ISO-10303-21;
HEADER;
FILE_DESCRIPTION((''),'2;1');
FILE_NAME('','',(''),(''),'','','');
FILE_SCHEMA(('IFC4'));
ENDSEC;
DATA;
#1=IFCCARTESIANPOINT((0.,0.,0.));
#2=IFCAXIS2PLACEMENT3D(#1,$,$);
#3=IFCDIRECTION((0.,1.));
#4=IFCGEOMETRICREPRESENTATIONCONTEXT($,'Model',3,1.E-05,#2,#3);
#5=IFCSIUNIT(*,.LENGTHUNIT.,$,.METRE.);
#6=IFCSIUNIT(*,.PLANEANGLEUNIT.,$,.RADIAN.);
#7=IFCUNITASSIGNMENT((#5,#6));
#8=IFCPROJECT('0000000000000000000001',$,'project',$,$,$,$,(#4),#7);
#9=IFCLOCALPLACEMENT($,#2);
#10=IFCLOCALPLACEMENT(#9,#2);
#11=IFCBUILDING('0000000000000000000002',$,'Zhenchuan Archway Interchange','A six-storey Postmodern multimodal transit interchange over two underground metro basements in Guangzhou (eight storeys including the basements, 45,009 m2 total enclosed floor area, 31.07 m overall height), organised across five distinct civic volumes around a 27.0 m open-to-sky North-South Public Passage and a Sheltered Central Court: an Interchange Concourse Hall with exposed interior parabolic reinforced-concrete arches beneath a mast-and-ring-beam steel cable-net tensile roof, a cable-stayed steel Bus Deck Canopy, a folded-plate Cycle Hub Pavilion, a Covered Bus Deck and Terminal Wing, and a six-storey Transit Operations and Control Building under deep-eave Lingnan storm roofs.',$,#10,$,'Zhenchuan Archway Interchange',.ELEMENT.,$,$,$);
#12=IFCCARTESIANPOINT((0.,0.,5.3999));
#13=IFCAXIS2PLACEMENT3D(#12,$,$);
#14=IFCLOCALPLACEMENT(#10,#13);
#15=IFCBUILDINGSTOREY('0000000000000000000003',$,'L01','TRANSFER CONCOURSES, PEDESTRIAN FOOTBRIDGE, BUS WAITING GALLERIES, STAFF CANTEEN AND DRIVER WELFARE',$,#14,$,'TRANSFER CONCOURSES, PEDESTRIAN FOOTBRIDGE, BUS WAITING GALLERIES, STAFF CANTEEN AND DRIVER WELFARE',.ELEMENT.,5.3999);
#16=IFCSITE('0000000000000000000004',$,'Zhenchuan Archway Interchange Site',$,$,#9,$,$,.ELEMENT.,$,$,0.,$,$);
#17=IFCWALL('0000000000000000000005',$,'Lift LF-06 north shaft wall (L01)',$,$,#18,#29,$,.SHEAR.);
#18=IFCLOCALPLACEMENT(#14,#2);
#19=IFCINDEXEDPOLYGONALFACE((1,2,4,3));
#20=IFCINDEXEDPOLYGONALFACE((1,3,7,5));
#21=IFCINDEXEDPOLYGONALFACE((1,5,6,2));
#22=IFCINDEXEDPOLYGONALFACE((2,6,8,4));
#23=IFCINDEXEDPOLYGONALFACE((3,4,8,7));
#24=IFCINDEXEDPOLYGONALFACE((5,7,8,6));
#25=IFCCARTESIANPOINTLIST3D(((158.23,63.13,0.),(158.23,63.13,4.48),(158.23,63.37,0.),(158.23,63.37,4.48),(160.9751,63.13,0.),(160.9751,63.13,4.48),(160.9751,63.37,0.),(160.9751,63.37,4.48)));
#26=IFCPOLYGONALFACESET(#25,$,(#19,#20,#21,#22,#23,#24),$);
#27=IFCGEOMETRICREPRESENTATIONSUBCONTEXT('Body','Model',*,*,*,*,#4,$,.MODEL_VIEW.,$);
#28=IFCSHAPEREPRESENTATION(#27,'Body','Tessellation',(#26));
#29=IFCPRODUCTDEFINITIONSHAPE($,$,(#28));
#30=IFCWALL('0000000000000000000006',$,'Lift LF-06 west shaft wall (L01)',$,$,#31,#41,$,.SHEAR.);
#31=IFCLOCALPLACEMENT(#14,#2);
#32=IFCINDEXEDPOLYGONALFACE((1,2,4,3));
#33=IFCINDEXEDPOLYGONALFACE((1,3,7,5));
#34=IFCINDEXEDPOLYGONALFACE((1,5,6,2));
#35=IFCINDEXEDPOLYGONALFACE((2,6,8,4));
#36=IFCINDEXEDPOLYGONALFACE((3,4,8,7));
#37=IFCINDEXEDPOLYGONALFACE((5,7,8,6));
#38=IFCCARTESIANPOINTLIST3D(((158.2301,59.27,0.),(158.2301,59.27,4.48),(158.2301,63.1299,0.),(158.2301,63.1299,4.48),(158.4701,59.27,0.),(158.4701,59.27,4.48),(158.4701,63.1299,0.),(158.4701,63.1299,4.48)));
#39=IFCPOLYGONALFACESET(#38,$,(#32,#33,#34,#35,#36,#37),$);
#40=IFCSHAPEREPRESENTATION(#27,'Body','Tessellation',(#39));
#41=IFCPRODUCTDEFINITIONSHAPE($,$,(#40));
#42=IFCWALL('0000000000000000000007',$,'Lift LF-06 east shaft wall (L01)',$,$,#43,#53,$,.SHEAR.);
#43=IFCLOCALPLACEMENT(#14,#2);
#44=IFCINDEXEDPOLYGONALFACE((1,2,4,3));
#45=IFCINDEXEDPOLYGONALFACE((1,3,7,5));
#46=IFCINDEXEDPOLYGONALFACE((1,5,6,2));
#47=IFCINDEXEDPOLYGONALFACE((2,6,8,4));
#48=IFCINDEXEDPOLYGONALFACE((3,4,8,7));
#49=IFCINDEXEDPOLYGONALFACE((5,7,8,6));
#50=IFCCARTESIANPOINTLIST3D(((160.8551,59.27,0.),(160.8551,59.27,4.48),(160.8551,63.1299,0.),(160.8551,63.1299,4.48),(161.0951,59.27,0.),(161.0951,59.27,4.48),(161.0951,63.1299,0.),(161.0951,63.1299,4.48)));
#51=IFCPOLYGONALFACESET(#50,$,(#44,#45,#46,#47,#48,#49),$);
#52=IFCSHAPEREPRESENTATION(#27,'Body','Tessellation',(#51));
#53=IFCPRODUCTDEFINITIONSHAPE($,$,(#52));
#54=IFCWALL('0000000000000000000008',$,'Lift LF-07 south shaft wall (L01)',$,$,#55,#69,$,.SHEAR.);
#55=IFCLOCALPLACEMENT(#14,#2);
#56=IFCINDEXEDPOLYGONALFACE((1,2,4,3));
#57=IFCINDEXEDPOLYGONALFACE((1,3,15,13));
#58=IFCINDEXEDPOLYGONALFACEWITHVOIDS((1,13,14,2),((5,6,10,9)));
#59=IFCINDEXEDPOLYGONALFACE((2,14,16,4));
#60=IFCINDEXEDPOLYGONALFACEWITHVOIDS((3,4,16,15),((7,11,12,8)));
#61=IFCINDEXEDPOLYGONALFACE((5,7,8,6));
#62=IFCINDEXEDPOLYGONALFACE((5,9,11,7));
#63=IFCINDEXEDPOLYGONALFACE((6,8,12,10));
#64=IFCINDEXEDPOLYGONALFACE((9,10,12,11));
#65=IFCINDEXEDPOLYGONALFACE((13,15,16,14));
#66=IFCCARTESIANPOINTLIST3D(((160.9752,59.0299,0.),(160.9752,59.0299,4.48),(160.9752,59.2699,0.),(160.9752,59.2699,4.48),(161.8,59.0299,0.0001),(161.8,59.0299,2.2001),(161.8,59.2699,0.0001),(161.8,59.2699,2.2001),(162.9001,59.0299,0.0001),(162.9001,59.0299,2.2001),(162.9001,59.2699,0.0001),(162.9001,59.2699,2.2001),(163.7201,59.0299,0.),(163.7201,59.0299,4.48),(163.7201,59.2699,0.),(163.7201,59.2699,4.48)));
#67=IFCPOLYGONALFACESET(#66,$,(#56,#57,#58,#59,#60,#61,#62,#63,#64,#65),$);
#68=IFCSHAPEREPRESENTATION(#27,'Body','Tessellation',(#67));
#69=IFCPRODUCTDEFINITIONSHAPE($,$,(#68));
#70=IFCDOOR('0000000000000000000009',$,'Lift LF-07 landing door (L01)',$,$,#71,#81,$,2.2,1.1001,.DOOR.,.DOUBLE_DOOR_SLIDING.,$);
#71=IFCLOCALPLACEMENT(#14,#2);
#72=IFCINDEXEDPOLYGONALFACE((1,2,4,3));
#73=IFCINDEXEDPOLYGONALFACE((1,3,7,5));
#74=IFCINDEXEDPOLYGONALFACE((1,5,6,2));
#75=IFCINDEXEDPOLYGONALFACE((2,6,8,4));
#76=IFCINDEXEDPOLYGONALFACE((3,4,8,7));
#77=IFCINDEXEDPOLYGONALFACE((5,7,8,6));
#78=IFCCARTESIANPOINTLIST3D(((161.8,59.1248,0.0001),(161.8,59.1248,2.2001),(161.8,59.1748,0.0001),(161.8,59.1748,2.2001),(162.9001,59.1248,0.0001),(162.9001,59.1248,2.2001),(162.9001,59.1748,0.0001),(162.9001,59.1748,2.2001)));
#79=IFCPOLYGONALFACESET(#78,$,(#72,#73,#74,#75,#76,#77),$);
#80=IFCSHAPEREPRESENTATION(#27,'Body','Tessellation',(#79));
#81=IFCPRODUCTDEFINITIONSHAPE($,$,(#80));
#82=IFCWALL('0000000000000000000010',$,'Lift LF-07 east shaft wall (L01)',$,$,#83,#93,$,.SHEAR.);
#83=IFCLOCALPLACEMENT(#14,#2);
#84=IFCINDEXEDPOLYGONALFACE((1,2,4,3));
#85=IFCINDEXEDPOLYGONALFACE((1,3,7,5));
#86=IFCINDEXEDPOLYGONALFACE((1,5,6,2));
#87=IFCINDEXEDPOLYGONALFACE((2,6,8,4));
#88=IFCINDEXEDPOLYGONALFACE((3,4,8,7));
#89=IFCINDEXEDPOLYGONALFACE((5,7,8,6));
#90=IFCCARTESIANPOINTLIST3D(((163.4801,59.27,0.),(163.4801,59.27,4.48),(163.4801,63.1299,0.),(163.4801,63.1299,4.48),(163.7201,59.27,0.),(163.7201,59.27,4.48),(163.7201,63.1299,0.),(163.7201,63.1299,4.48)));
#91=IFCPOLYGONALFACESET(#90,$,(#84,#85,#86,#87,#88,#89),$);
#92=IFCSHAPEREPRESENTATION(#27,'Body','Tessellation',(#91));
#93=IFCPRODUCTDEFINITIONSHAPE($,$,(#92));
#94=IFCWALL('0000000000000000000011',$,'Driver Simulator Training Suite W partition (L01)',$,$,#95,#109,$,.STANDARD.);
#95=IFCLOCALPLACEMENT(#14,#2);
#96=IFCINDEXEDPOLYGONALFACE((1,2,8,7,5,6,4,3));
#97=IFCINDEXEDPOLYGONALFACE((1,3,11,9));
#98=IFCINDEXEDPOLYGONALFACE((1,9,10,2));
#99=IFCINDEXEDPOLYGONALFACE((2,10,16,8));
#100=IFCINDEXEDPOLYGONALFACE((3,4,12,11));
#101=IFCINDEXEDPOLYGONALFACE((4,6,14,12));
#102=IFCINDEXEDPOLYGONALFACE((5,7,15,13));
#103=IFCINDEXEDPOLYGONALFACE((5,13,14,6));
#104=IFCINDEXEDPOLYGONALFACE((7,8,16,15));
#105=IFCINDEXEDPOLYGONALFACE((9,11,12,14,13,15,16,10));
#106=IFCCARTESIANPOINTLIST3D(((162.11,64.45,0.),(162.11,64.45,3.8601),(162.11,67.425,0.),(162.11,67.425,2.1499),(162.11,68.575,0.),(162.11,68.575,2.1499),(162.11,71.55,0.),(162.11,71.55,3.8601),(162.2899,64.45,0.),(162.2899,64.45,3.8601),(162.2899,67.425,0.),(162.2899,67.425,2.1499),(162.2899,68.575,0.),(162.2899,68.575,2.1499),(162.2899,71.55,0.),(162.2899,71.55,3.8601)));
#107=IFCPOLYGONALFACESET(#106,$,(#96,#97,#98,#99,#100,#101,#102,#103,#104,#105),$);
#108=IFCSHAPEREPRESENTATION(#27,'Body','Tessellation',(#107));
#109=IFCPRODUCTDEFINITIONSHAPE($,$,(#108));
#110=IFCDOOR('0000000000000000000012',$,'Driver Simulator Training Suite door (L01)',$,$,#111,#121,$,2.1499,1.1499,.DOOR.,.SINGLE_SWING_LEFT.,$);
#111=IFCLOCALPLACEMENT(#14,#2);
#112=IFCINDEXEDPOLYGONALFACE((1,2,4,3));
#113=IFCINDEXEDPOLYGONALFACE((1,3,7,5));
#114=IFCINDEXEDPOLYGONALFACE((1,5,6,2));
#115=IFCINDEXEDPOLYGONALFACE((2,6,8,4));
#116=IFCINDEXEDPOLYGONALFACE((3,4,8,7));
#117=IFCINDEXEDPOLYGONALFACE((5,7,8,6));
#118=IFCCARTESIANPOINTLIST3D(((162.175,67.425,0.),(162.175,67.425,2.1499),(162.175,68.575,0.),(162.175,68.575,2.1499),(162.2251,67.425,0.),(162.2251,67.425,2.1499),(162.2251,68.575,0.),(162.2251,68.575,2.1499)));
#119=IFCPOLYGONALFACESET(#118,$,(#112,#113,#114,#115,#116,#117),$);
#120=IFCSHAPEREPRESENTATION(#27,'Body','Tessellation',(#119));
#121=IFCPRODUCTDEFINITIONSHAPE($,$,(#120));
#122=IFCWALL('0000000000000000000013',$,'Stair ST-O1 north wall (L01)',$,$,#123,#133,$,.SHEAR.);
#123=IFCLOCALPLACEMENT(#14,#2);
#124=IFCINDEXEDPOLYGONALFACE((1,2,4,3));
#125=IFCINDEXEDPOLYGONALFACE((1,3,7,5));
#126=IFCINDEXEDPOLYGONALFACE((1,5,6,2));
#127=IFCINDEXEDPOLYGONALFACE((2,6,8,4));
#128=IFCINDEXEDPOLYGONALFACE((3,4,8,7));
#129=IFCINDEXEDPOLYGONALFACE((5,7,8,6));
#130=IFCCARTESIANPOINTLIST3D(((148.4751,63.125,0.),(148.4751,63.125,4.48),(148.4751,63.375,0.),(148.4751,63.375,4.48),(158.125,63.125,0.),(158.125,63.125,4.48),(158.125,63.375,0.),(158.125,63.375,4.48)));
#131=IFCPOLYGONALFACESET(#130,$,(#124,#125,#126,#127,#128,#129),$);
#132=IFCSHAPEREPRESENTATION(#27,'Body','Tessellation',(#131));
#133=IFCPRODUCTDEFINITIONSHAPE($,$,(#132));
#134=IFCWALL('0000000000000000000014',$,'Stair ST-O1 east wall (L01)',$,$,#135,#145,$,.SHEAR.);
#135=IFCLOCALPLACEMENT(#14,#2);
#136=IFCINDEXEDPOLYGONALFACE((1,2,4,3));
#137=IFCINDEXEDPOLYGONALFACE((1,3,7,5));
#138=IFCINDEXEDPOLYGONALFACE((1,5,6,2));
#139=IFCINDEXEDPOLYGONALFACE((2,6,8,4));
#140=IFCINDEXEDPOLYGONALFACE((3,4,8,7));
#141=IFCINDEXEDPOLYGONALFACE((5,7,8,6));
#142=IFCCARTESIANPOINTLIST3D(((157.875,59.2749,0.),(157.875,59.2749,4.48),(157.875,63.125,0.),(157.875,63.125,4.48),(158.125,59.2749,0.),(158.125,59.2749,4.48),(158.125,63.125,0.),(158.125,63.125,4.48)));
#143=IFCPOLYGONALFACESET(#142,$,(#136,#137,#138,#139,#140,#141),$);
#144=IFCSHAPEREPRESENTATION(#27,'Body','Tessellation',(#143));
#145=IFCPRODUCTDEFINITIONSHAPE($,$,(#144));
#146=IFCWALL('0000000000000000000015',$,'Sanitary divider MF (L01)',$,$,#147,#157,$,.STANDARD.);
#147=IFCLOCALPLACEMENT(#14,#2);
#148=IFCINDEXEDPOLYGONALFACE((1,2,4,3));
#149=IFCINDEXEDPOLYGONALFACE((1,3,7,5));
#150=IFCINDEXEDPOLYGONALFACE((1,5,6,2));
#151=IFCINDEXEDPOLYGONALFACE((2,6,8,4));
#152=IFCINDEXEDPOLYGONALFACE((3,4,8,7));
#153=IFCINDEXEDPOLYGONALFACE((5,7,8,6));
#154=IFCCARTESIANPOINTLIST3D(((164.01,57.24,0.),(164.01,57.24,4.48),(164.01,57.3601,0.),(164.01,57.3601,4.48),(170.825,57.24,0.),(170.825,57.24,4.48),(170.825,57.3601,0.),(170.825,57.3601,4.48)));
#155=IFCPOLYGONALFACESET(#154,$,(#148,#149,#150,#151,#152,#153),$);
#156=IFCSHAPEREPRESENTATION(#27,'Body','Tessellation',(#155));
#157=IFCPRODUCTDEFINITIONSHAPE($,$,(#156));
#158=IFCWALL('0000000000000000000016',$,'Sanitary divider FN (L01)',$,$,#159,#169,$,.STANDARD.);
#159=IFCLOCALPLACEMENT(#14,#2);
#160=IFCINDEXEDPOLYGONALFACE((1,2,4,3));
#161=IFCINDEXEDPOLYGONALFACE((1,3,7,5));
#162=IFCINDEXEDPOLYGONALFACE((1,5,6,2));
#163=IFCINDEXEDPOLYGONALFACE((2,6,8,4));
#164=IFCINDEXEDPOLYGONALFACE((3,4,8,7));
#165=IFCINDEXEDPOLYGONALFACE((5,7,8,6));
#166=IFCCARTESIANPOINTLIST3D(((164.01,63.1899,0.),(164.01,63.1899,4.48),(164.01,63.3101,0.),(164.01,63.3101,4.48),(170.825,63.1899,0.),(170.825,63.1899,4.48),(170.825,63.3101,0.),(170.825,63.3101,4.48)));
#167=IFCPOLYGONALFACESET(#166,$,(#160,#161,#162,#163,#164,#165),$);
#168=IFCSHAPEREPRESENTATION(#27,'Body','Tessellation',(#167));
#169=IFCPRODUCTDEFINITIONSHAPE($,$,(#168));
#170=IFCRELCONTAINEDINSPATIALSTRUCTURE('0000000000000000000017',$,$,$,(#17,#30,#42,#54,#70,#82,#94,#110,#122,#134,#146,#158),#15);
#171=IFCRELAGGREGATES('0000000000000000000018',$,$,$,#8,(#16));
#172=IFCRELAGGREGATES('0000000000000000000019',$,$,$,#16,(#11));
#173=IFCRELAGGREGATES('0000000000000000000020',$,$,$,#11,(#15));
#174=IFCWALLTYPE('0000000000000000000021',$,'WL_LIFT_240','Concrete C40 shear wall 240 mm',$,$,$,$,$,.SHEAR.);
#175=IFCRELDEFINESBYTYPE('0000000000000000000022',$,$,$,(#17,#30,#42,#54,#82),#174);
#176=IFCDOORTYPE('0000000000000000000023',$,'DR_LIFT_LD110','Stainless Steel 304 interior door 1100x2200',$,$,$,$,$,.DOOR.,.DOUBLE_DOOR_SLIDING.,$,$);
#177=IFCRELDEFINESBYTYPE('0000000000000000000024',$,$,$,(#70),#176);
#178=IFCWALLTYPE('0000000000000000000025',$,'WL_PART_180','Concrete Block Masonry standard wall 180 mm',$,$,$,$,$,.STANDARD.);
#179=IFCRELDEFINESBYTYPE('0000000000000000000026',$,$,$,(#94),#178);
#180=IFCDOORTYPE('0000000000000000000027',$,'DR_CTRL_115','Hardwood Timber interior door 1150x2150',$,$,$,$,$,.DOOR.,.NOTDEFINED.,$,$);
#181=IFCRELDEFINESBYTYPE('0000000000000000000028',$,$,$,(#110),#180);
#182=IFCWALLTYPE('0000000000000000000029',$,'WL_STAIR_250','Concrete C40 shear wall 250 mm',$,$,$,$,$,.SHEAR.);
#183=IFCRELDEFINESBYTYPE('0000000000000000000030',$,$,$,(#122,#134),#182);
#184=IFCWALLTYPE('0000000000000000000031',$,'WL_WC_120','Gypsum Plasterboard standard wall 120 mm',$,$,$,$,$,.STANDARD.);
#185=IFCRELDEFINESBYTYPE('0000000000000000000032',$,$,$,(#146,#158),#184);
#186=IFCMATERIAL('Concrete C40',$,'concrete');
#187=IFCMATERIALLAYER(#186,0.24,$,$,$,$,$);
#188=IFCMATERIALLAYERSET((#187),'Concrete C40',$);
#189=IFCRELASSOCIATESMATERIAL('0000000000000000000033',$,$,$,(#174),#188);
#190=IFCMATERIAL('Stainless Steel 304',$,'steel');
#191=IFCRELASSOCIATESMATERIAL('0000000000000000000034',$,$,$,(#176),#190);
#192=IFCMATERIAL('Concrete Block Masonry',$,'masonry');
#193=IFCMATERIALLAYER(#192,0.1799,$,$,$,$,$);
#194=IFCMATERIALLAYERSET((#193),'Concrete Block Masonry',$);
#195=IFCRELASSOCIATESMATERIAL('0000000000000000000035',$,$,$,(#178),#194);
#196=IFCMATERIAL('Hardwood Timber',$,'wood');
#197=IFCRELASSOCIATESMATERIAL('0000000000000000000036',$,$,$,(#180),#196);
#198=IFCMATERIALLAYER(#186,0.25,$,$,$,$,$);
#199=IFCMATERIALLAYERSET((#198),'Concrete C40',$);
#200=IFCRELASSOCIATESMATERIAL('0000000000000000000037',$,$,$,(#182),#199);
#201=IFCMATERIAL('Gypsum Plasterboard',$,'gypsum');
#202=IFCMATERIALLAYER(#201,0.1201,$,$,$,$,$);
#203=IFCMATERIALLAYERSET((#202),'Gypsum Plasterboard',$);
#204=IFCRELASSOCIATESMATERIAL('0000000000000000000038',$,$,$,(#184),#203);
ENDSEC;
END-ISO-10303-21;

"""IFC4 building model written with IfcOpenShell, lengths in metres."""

from ifc_helpers import new_model, si_unit, direction, frame, frame_2d, origin, place, context, subcontext, project, spatial, rectangle, extrude, material, layer, layer_set, type_object, element, fill, save


model = new_model("IFC4")

# Units and contexts
model_context = context("Model", 3, precision=1e-05, world=origin(), true_north=direction((0.0, 1.0)))
body_context = subcontext(model_context, "Body", "Model", "MODEL_VIEW")
ifc_project = project(units=[si_unit("LENGTHUNIT", "METRE"), si_unit("PLANEANGLEUNIT", "RADIAN")], contexts=[model_context])

# Site, building, storey
site_placement = place(None, origin())
site = spatial("IfcSite", under=ifc_project, at=site_placement, Name="Zhenchuan Archway Interchange Site", CompositionType="ELEMENT", RefElevation=0.0)
building_placement = place(site_placement, origin())
building = spatial("IfcBuilding", under=site, at=building_placement, Name="Zhenchuan Archway Interchange", Description="A six-storey Postmodern multimodal transit interchange over two underground metro basements in Guangzhou (eight storeys including the basements, 45,009 m2 total enclosed floor area, 31.07 m overall height), organised across five distinct civic volumes around a 27.0 m open-to-sky North-South Public Passage and a Sheltered Central Court: an Interchange Concourse Hall with exposed interior parabolic reinforced-concrete arches beneath a mast-and-ring-beam steel cable-net tensile roof, a cable-stayed steel Bus Deck Canopy, a folded-plate Cycle Hub Pavilion, a Covered Bus Deck and Terminal Wing, and a six-storey Transit Operations and Control Building under deep-eave Lingnan storm roofs.", LongName="Zhenchuan Archway Interchange", CompositionType="ELEMENT")
storey_placement = place(building_placement, frame((0.0, 0.0, 5.3999)))
storey = spatial("IfcBuildingStorey", under=building, at=storey_placement, Name="L01", Description="TRANSFER CONCOURSES, PEDESTRIAN FOOTBRIDGE, BUS WAITING GALLERIES, STAFF CANTEEN AND DRIVER WELFARE", LongName="TRANSFER CONCOURSES, PEDESTRIAN FOOTBRIDGE, BUS WAITING GALLERIES, STAFF CANTEEN AND DRIVER WELFARE", CompositionType="ELEMENT", Elevation=5.3999)

# Shared definitions
ifc_material_1 = material(Name="Concrete C40", Category="concrete")

# Shared definitions
ifc_layer_1 = layer(ifc_material_1, 0.24)
ifc_layer_set_1 = layer_set([ifc_layer_1], Name="Concrete C40")
wall_type_1 = type_object("IfcWallType", Name="WL_LIFT_240", Description="Concrete C40 shear wall 240 mm", PredefinedType="SHEAR", material=ifc_layer_set_1)
ifc_material_2 = material(Name="Stainless Steel 304", Category="steel")
door_type_1 = type_object("IfcDoorType", Name="DR_LIFT_LD110", Description="Stainless Steel 304 interior door 1100x2200", OperationType="DOUBLE_DOOR_SLIDING", PredefinedType="DOOR", material=ifc_material_2)

# Walls
wall_1_placement = place(storey_placement, frame((160.9751, 63.25, 0.0), z_axis=(0.0, 0.0, 1.0), x_axis=(-1.0, 0.0, 0.0)))
element("IfcWall", 1, at=wall_1_placement, inside=storey, type_object=wall_type_1, Name="Lift LF-06 north shaft wall (L01)", PredefinedType="SHEAR", context=body_context, shape_type="SweptSolid", body=[
    extrude(rectangle(XDim=2.7451, YDim=0.24, at=frame_2d((1.3726, 0.0))), origin(), (0.0, 0.0, 1.0), 4.48),
])
for number, where, z_axis, x_axis, name in (
    (2, (158.3501, 63.1299, 0.0), (0.0, 0.0, 1.0), (0.0, -1.0, 0.0), "Lift LF-06 west shaft wall (L01)"),
    (3, (160.9751, 59.27, 0.0), (0.0, 0.0, 1.0), (0.0, 1.0, 0.0), "Lift LF-06 east shaft wall (L01)"),
):
    element("IfcWall", number, at=place(storey_placement, frame(where, z_axis=z_axis, x_axis=x_axis)), inside=storey, type_object=wall_type_1, Name=name, PredefinedType="SHEAR", context=body_context, shape_type="SweptSolid", body=[
        extrude(rectangle(XDim=3.8599, YDim=0.24, at=frame_2d((1.9299, 0.0))), origin(), (0.0, 0.0, 1.0), 4.48),
    ])

# Wall, opening, door
wall_2_placement = place(storey_placement, frame((160.9751, 59.1499, 0.0), z_axis=(0.0, 0.0, 1.0), x_axis=(1.0, 0.0, 0.0)))
wall_2 = element("IfcWall", 4, at=wall_2_placement, inside=storey, type_object=wall_type_1, Name="Lift LF-07 south shaft wall (L01)", PredefinedType="SHEAR", context=body_context, shape_type="SweptSolid", body=[
    extrude(rectangle(XDim=2.7449, YDim=0.24, at=frame_2d((1.3726, 0.0))), origin(), (0.0, 0.0, 1.0), 4.48),
])
opening_1_placement = place(wall_2_placement, frame((0.825, 0.0, 0.0)))
opening_1 = element("IfcOpeningElement", 5, at=opening_1_placement, cuts=wall_2, PredefinedType="OPENING", context=body_context, shape_type="SweptSolid", body=[
    extrude(rectangle(XDim=1.1001, YDim=2.2, at=frame_2d((0.55, 1.1001))), frame((0.0, 0.1318, 0.0), z_axis=(0.0, -1.0, 0.0), x_axis=(1.0, 0.0, 0.0)), (0.0, 0.0, 1.0), 0.2639),
])
door_1_placement = place(opening_1_placement, origin())
door_1 = element("IfcDoor", 6, at=door_1_placement, inside=storey, type_object=door_type_1, Name="Lift LF-07 landing door (L01)", OperationType="DOUBLE_DOOR_SLIDING", OverallHeight=2.2, OverallWidth=1.1001, PredefinedType="DOOR", context=body_context, shape_type="SweptSolid", body=[
    extrude(rectangle(XDim=1.1001, YDim=2.2, at=frame_2d((0.55, 1.1001))), frame((0.0, 0.0249, 0.0), z_axis=(0.0, -1.0, 0.0), x_axis=(1.0, 0.0, 0.0)), (0.0, 0.0, 1.0), 0.05),
])
fill(opening_1, door_1)

# Wall
wall_3_placement = place(storey_placement, frame((163.6001, 59.27, 0.0), z_axis=(0.0, 0.0, 1.0), x_axis=(0.0, 1.0, 0.0)))
element("IfcWall", 7, at=wall_3_placement, inside=storey, type_object=wall_type_1, Name="Lift LF-07 east shaft wall (L01)", PredefinedType="SHEAR", context=body_context, shape_type="SweptSolid", body=[
    extrude(rectangle(XDim=3.8599, YDim=0.24, at=frame_2d((1.9299, 0.0))), origin(), (0.0, 0.0, 1.0), 4.48),
])

# Wall, opening, door
ifc_material_3 = material(Name="Concrete Block Masonry", Category="masonry")
ifc_layer_2 = layer(ifc_material_3, 0.1799)
ifc_layer_set_2 = layer_set([ifc_layer_2], Name="Concrete Block Masonry")
wall_type_2 = type_object("IfcWallType", Name="WL_PART_180", Description="Concrete Block Masonry standard wall 180 mm", PredefinedType="STANDARD", material=ifc_layer_set_2)
wall_4_placement = place(storey_placement, frame((162.2, 64.45, 0.0), z_axis=(0.0, 0.0, 1.0), x_axis=(0.0, 1.0, 0.0)))
wall_4 = element("IfcWall", 8, at=wall_4_placement, inside=storey, type_object=wall_type_2, Name="Driver Simulator Training Suite W partition (L01)", PredefinedType="STANDARD", context=body_context, shape_type="SweptSolid", body=[
    extrude(rectangle(XDim=7.1001, YDim=0.1799, at=frame_2d((3.55, 0.0))), origin(), (0.0, 0.0, 1.0), 3.8601),
])
opening_2_placement = place(wall_4_placement, frame((2.9751, 0.0, 0.0)))
opening_2 = element("IfcOpeningElement", 9, at=opening_2_placement, cuts=wall_4, PredefinedType="OPENING", context=body_context, shape_type="SweptSolid", body=[
    extrude(rectangle(XDim=1.1499, YDim=2.1499, at=frame_2d((0.575, 1.075))), frame((0.0, 0.1021, 0.0), z_axis=(0.0, -1.0, 0.0), x_axis=(1.0, 0.0, 0.0)), (0.0, 0.0, 1.0), 0.2039),
])
ifc_material_4 = material(Name="Hardwood Timber", Category="wood")
door_type_2 = type_object("IfcDoorType", Name="DR_CTRL_115", Description="Hardwood Timber interior door 1150x2150", OperationType="NOTDEFINED", PredefinedType="DOOR", material=ifc_material_4)
door_2_placement = place(opening_2_placement, origin())
door_2 = element("IfcDoor", 10, at=door_2_placement, inside=storey, type_object=door_type_2, Name="Driver Simulator Training Suite door (L01)", OperationType="SINGLE_SWING_LEFT", OverallHeight=2.1499, OverallWidth=1.1499, PredefinedType="DOOR", context=body_context, shape_type="SweptSolid", body=[
    extrude(rectangle(XDim=1.1499, YDim=2.1499, at=frame_2d((0.575, 1.075))), frame((0.0, 0.0249, 0.0), z_axis=(0.0, -1.0, 0.0), x_axis=(1.0, 0.0, 0.0)), (0.0, 0.0, 1.0), 0.05),
])
fill(opening_2, door_2)

# Walls
ifc_layer_3 = layer(ifc_material_1, 0.25)
ifc_layer_set_3 = layer_set([ifc_layer_3], Name="Concrete C40")
wall_type_3 = type_object("IfcWallType", Name="WL_STAIR_250", Description="Concrete C40 shear wall 250 mm", PredefinedType="SHEAR", material=ifc_layer_set_3)
wall_5_placement = place(storey_placement, frame((158.125, 63.25, 0.0), z_axis=(0.0, 0.0, 1.0), x_axis=(-1.0, 0.0, 0.0)))
element("IfcWall", 11, at=wall_5_placement, inside=storey, type_object=wall_type_3, Name="Stair ST-O1 north wall (L01)", PredefinedType="SHEAR", context=body_context, shape_type="SweptSolid", body=[
    extrude(rectangle(XDim=9.6499, YDim=0.25, at=frame_2d((4.825, 0.0))), origin(), (0.0, 0.0, 1.0), 4.48),
])
wall_6_placement = place(storey_placement, frame((158.0, 59.2749, 0.0), z_axis=(0.0, 0.0, 1.0), x_axis=(0.0, 1.0, 0.0)))
element("IfcWall", 12, at=wall_6_placement, inside=storey, type_object=wall_type_3, Name="Stair ST-O1 east wall (L01)", PredefinedType="SHEAR", context=body_context, shape_type="SweptSolid", body=[
    extrude(rectangle(XDim=3.8501, YDim=0.25, at=frame_2d((1.925, 0.0))), origin(), (0.0, 0.0, 1.0), 4.48),
])
ifc_material_5 = material(Name="Gypsum Plasterboard", Category="gypsum")
ifc_layer_4 = layer(ifc_material_5, 0.1201)
ifc_layer_set_4 = layer_set([ifc_layer_4], Name="Gypsum Plasterboard")
wall_type_4 = type_object("IfcWallType", Name="WL_WC_120", Description="Gypsum Plasterboard standard wall 120 mm", PredefinedType="STANDARD", material=ifc_layer_set_4)
for number, where, z_axis, x_axis, name in (
    (13, (164.01, 57.3, 0.0), (0.0, 0.0, 1.0), (1.0, 0.0, 0.0), "Sanitary divider MF (L01)"),
    (14, (164.01, 63.25, 0.0), (0.0, 0.0, 1.0), (1.0, 0.0, 0.0), "Sanitary divider FN (L01)"),
):
    element("IfcWall", number, at=place(storey_placement, frame(where, z_axis=z_axis, x_axis=x_axis)), inside=storey, type_object=wall_type_4, Name=name, PredefinedType="STANDARD", context=body_context, shape_type="SweptSolid", body=[
        extrude(rectangle(XDim=6.8149, YDim=0.1201, at=frame_2d((3.4075, 0.0))), origin(), (0.0, 0.0, 1.0), 4.48),
    ])

save(model, "model.ifc")
